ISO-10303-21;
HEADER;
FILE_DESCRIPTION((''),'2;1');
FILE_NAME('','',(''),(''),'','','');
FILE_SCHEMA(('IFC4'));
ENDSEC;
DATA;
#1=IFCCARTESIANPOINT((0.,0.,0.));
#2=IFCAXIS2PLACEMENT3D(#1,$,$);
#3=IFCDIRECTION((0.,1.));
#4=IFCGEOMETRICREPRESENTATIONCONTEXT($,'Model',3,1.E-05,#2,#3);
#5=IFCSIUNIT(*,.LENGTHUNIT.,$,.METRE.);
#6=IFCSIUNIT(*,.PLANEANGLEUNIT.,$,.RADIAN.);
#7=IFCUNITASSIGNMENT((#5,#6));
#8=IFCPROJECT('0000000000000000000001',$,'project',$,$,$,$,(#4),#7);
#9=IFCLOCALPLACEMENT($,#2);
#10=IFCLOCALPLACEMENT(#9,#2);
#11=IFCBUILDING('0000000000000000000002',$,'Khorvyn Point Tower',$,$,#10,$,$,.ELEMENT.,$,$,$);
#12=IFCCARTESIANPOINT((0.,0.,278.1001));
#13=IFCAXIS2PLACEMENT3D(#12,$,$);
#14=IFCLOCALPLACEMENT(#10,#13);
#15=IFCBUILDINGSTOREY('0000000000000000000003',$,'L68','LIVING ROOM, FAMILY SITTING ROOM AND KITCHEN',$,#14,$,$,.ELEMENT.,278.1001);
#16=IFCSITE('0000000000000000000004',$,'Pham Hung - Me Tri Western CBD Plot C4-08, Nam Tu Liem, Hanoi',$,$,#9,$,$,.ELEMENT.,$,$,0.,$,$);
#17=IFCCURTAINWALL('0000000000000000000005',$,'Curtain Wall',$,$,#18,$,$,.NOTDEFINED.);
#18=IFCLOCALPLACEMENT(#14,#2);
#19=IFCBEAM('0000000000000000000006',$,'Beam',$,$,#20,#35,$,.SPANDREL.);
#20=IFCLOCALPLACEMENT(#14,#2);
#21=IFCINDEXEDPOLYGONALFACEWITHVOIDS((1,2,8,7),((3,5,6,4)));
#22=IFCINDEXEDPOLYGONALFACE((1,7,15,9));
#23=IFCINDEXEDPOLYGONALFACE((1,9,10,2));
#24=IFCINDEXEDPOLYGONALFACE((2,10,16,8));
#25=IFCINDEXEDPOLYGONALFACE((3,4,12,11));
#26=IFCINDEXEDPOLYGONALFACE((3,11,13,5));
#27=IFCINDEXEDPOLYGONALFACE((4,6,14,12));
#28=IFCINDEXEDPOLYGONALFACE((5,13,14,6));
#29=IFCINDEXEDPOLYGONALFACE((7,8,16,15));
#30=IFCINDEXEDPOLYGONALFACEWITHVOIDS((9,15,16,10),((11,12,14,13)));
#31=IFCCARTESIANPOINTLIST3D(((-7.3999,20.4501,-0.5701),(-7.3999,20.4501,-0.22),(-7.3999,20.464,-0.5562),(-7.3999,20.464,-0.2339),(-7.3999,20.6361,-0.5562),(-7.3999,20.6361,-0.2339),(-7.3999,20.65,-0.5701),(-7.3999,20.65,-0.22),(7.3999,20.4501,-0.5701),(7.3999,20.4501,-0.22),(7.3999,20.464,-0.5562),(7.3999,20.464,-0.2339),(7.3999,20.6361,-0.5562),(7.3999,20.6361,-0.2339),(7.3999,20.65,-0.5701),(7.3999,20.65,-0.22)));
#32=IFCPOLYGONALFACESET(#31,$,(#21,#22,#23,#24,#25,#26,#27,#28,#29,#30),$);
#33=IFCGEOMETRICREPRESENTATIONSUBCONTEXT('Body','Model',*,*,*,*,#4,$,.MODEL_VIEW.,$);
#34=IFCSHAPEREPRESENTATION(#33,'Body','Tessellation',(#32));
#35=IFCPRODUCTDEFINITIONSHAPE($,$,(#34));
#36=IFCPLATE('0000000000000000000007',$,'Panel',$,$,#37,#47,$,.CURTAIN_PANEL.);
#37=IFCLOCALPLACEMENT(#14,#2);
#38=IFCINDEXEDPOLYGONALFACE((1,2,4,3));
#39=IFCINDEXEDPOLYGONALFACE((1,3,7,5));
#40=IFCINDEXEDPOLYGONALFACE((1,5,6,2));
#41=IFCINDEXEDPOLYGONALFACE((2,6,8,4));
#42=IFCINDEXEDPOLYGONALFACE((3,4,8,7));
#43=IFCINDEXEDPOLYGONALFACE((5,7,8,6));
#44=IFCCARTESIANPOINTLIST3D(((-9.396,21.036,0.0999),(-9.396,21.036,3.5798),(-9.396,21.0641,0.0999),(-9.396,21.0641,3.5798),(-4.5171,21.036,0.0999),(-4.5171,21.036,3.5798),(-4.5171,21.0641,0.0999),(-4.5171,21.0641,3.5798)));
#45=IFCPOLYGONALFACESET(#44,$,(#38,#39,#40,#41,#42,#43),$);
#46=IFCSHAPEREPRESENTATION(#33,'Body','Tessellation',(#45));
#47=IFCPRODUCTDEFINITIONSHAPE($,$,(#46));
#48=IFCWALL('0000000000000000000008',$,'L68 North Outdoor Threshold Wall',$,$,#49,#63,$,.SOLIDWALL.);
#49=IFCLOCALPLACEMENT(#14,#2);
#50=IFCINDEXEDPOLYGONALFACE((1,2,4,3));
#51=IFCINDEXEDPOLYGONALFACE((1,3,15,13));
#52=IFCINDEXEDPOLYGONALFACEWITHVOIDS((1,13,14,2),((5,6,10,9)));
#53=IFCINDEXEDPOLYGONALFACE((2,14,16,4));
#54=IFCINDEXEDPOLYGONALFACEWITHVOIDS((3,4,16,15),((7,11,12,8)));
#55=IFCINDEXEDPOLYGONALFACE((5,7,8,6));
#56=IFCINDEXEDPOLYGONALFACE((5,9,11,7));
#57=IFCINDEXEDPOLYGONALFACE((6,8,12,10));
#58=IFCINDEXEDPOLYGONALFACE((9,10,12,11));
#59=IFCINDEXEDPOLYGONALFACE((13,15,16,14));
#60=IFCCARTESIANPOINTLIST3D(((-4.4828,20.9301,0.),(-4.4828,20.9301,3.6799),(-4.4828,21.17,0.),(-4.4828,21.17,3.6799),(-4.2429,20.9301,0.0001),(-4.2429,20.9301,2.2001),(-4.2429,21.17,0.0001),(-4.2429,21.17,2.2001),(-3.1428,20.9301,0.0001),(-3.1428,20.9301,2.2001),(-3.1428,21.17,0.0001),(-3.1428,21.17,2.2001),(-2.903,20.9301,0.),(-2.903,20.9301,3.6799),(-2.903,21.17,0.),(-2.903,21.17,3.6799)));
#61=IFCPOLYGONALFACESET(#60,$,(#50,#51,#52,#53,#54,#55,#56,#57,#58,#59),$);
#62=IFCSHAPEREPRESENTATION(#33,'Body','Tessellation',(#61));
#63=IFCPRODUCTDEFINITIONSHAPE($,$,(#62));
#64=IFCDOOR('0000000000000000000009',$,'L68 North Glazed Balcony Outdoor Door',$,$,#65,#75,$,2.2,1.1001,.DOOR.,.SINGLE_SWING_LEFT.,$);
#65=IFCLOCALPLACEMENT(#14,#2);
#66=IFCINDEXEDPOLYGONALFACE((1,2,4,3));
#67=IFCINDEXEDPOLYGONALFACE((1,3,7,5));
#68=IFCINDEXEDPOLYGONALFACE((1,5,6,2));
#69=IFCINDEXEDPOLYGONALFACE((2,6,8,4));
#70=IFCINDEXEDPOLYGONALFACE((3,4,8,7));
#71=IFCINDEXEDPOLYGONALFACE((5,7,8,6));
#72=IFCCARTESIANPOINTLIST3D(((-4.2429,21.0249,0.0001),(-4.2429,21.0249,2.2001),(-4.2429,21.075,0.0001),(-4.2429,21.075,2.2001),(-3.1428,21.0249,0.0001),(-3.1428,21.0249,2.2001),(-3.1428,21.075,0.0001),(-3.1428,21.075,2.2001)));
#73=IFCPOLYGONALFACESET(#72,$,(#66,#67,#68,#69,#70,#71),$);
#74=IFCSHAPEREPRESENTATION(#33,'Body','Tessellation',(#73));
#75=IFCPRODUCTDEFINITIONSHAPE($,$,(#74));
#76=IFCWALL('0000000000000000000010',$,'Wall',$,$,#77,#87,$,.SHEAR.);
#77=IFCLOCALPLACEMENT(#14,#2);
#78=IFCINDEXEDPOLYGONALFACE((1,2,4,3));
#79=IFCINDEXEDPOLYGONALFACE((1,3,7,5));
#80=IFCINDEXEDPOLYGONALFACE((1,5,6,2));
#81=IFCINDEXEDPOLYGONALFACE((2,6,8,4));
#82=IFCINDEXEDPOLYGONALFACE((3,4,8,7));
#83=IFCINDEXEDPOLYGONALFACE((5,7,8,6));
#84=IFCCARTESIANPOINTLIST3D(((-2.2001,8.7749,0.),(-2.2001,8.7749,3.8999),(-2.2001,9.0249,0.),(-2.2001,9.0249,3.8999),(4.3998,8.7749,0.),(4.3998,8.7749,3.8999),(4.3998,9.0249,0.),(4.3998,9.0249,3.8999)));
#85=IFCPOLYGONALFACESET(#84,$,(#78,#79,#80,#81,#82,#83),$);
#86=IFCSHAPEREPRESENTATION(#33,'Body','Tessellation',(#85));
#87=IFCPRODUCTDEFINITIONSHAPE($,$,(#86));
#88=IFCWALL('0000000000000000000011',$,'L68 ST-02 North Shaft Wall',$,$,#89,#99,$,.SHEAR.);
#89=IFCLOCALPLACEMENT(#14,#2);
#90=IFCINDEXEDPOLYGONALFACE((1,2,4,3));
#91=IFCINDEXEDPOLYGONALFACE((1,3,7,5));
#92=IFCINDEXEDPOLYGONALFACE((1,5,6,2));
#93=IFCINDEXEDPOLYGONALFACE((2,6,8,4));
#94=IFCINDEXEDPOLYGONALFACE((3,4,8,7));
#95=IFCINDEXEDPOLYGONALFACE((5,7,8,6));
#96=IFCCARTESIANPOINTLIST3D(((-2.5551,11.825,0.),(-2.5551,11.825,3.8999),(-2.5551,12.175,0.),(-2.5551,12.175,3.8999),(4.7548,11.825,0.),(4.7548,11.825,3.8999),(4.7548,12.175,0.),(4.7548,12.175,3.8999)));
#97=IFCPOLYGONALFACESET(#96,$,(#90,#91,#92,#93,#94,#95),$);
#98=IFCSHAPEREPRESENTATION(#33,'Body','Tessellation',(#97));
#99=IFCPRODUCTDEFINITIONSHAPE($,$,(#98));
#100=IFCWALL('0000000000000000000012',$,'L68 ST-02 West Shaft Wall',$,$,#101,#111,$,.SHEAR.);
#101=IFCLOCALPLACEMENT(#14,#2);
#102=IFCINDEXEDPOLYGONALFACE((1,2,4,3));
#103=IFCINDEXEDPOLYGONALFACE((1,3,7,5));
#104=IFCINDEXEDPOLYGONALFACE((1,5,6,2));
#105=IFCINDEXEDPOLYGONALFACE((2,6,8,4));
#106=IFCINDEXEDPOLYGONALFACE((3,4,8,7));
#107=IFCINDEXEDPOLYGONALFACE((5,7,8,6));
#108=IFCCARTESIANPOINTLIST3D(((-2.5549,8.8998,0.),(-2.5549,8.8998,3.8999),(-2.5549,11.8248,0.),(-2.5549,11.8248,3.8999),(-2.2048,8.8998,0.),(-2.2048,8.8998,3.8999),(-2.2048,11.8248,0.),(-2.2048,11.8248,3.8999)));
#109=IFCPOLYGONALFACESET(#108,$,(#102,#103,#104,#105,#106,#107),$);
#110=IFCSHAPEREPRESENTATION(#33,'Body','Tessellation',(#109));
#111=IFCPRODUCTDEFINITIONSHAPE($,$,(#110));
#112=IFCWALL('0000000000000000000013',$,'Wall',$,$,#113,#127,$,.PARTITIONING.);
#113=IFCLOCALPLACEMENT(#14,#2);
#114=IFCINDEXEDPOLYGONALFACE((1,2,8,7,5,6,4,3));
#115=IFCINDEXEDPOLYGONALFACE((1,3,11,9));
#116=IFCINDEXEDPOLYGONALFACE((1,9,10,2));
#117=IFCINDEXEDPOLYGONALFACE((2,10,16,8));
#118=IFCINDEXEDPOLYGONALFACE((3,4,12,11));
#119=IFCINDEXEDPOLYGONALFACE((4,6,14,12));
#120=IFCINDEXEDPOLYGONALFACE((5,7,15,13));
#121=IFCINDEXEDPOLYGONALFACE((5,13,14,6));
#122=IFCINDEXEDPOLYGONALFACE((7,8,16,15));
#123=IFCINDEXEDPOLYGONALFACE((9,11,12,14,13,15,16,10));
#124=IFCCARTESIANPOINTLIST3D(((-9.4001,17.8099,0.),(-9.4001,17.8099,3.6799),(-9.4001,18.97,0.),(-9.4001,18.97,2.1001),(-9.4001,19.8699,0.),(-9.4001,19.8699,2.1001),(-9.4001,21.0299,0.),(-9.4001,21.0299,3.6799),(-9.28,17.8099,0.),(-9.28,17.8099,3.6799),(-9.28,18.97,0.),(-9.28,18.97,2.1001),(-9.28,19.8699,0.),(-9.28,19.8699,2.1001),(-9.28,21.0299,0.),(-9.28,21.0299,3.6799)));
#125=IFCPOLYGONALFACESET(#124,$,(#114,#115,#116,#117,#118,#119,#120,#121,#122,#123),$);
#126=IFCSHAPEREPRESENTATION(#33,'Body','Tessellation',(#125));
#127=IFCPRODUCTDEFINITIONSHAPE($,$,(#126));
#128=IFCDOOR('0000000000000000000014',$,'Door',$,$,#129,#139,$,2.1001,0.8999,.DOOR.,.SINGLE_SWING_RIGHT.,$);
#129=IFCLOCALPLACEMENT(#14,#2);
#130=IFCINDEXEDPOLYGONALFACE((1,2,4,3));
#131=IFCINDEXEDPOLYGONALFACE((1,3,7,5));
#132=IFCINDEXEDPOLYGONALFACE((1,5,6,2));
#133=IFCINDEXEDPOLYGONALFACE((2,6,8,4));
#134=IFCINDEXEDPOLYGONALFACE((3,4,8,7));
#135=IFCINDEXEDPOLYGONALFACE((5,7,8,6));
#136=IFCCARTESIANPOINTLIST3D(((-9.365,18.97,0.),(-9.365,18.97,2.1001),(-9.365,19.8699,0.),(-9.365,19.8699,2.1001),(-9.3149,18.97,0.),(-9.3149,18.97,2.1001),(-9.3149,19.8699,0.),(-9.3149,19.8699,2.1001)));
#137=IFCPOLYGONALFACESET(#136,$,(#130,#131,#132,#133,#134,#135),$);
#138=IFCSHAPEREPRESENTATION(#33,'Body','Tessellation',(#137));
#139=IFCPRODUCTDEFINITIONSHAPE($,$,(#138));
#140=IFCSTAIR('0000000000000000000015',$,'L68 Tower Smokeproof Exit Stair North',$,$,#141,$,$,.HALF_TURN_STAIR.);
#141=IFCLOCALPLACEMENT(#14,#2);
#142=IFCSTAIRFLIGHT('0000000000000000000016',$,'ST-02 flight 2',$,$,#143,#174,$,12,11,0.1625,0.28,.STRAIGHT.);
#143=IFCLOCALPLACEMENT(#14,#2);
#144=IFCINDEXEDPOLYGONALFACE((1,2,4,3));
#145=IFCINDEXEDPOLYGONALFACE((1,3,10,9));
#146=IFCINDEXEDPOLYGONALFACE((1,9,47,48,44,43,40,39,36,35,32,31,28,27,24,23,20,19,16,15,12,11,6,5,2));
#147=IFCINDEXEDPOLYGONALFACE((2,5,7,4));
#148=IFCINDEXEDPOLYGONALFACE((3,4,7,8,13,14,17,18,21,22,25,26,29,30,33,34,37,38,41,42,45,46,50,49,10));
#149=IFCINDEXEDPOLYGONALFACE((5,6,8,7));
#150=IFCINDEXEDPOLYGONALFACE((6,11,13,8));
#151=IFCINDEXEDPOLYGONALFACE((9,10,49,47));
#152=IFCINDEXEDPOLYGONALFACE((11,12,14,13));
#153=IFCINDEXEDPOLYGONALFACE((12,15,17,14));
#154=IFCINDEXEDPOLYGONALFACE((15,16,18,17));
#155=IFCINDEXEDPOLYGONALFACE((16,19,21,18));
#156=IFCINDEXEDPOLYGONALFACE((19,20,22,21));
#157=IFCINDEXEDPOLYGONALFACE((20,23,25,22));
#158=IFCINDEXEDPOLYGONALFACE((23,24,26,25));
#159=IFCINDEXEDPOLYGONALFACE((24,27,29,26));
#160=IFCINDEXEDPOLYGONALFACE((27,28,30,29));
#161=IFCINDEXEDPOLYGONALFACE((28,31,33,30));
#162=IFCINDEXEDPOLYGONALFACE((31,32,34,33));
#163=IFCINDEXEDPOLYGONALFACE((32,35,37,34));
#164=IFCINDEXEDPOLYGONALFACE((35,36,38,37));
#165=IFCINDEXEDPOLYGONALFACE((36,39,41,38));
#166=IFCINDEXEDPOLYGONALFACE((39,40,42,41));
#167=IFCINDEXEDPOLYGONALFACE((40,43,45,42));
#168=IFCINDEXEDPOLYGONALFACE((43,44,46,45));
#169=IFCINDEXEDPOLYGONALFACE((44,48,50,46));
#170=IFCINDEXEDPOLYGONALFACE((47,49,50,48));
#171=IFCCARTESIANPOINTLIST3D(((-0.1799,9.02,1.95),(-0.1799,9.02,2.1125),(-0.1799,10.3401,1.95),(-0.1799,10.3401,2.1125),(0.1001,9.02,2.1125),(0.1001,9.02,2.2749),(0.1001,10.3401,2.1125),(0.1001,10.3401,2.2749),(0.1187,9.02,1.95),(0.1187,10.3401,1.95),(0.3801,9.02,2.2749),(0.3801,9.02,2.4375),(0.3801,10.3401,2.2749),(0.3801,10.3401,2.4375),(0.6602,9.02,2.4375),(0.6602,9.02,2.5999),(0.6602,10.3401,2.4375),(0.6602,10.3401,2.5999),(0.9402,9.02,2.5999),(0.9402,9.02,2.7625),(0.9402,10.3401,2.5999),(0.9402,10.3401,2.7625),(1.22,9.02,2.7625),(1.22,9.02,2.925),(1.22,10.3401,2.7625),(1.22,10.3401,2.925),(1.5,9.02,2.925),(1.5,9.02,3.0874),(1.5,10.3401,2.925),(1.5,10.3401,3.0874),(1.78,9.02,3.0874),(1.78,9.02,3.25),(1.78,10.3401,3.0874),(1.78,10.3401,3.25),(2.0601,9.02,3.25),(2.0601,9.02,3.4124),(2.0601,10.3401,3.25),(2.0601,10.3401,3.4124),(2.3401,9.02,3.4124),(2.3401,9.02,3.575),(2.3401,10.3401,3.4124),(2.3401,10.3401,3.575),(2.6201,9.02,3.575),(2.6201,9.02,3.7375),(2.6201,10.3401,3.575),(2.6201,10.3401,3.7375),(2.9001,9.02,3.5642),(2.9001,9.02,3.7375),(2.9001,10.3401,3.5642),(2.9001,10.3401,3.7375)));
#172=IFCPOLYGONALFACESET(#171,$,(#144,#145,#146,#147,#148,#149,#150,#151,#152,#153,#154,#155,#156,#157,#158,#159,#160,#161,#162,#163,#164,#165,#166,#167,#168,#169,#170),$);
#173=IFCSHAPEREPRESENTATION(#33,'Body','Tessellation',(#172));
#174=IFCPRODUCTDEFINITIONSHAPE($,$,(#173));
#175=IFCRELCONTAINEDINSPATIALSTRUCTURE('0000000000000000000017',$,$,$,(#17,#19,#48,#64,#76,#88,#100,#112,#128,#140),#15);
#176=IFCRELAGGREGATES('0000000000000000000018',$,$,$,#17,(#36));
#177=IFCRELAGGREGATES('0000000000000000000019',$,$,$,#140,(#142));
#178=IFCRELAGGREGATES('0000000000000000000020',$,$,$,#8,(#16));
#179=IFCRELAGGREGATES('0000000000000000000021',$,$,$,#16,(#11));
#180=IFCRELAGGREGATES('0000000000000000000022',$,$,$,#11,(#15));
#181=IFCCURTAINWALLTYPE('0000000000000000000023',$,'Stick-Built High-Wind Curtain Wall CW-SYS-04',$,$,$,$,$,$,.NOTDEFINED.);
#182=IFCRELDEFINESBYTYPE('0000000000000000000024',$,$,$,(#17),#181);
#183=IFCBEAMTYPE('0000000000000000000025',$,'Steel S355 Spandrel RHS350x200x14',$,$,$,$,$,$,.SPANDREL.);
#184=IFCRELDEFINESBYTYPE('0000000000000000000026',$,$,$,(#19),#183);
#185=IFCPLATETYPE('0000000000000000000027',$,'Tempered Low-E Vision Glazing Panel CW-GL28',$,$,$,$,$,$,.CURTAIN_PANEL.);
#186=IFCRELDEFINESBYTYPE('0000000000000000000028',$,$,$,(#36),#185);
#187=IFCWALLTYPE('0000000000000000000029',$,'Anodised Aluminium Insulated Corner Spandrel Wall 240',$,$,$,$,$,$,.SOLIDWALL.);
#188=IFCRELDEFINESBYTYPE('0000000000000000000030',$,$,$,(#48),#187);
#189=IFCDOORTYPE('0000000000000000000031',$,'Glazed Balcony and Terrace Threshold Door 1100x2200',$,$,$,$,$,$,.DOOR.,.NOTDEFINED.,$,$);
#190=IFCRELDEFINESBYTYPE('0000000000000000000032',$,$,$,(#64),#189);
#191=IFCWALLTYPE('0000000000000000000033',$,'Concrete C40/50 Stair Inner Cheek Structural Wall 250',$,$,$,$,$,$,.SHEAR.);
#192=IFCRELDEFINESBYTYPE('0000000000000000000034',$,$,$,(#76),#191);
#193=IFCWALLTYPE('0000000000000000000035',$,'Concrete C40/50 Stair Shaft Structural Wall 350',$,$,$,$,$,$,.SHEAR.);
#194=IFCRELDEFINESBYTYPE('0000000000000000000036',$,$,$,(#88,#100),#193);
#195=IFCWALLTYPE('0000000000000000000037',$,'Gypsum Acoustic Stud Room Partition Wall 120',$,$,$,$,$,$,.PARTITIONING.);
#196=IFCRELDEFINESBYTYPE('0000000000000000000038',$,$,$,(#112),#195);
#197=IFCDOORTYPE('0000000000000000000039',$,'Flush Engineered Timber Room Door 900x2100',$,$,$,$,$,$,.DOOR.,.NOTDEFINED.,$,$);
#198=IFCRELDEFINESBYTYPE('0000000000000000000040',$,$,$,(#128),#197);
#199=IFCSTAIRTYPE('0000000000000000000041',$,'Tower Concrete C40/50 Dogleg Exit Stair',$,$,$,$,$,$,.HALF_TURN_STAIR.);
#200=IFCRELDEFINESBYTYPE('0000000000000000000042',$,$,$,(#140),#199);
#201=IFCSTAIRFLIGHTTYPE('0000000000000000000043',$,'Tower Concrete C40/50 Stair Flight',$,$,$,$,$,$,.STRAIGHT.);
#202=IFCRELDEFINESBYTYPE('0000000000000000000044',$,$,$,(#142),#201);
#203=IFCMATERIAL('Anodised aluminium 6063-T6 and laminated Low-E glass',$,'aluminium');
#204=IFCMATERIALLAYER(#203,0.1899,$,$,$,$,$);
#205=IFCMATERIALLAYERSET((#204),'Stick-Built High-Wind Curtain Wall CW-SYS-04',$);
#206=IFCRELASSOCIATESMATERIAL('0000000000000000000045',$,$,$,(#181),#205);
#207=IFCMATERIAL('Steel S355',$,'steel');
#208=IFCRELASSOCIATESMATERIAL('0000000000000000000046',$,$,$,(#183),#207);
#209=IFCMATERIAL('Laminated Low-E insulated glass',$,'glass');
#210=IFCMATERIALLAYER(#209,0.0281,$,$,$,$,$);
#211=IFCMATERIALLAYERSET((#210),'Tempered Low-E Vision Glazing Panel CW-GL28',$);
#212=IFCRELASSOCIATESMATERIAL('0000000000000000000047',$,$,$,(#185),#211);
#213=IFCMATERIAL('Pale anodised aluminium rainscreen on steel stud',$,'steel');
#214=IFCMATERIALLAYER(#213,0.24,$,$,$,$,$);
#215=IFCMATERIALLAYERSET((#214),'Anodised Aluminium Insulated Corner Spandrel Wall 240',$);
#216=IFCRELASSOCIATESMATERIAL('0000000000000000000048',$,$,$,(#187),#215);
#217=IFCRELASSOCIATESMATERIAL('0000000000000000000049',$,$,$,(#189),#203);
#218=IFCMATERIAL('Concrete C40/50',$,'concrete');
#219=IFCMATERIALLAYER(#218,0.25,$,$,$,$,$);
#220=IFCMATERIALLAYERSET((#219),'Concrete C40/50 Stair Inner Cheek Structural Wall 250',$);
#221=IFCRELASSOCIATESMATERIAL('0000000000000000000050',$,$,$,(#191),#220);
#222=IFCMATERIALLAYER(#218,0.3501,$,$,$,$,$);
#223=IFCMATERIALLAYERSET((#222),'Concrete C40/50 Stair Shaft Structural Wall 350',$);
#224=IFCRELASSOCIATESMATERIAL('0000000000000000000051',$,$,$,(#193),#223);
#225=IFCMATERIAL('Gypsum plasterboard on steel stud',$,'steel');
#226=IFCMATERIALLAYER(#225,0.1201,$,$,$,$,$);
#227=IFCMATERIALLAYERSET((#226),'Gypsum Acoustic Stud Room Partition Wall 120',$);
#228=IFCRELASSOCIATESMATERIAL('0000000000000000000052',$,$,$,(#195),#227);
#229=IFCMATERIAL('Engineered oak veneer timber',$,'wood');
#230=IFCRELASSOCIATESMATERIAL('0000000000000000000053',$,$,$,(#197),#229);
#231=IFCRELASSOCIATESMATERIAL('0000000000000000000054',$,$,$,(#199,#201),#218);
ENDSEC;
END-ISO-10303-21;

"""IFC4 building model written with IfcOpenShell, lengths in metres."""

from ifc_helpers import new_model, si_unit, direction, frame, frame_2d, origin, origin_2d, place, context, subcontext, project, spatial, polyline, rectangle, hollow_rectangle, outline, extrude, material, layer, layer_set, material_profile, profile_set, type_object, element, fill, aggregate, save


model = new_model("IFC4")

# Units and contexts
model_context = context("Model", 3, precision=1e-05, world=origin(), true_north=direction((0.0, 1.0)))
body_context = subcontext(model_context, "Body", "Model", "MODEL_VIEW")
ifc_project = project(units=[si_unit("LENGTHUNIT", "METRE"), si_unit("PLANEANGLEUNIT", "RADIAN")], contexts=[model_context])

# Site, building, storey
site_placement = place(None, origin())
site = spatial("IfcSite", under=ifc_project, at=site_placement, Name="Pham Hung - Me Tri Western CBD Plot C4-08, Nam Tu Liem, Hanoi", CompositionType="ELEMENT", RefElevation=0.0)
building_placement = place(site_placement, origin())
building = spatial("IfcBuilding", under=site, at=building_placement, Name="Khorvyn Point Tower", CompositionType="ELEMENT")
storey_placement = place(building_placement, frame((0.0, 0.0, 278.1001)))
storey = spatial("IfcBuildingStorey", under=building, at=storey_placement, Name="L68", Description="LIVING ROOM, FAMILY SITTING ROOM AND KITCHEN", CompositionType="ELEMENT", Elevation=278.1001)

# Shared definitions
ifc_material_1 = material(Name="Concrete C40/50", Category="concrete")
ifc_material_2 = material(Name="Steel S355", Category="steel")

# Curtain wall
ifc_material_3 = material(Name="Anodised aluminium 6063-T6 and laminated Low-E glass", Category="aluminium")
ifc_layer_1 = layer(ifc_material_3, 0.1899)
ifc_layer_set_1 = layer_set([ifc_layer_1], Name="Stick-Built High-Wind Curtain Wall CW-SYS-04")
curtain_wall_type = type_object("IfcCurtainWallType", Name="Stick-Built High-Wind Curtain Wall CW-SYS-04", PredefinedType="NOTDEFINED", material=ifc_layer_set_1)
curtain_wall_1_placement = place(storey_placement, origin())
curtain_wall_1 = element("IfcCurtainWall", 1, at=curtain_wall_1_placement, inside=storey, type_object=curtain_wall_type, Name="Curtain Wall", PredefinedType="NOTDEFINED")

# Beam
ifc_material_profile_1 = material_profile(ifc_material_2, hollow_rectangle(XDim=0.2, YDim=0.3501, WallThickness=0.0139, at=origin_2d()))
ifc_profile_set_1 = profile_set([ifc_material_profile_1], Name="Steel S355 RHS350x200x14")
beam_type_1 = type_object("IfcBeamType", Name="Steel S355 Spandrel RHS350x200x14", PredefinedType="SPANDREL", material=ifc_profile_set_1)
beam_1_placement = place(storey_placement, frame((-7.3999, 20.55, -0.395), z_axis=(1.0, 0.0, 0.0), x_axis=(0.0, 1.0, 0.0)))
element("IfcBeam", 2, at=beam_1_placement, inside=storey, type_object=beam_type_1, Name="Beam", PredefinedType="SPANDREL", context=body_context, shape_type="SweptSolid", body=[
    extrude(hollow_rectangle(XDim=0.2, YDim=0.3501, WallThickness=0.0139, at=origin_2d()), origin(), (0.0, 0.0, 1.0), 14.7998),
])

# Plate
ifc_material_4 = material(Name="Laminated Low-E insulated glass", Category="glass")
ifc_layer_2 = layer(ifc_material_4, 0.0281)
ifc_layer_set_2 = layer_set([ifc_layer_2], Name="Tempered Low-E Vision Glazing Panel CW-GL28")
plate_type = type_object("IfcPlateType", Name="Tempered Low-E Vision Glazing Panel CW-GL28", PredefinedType="CURTAIN_PANEL", material=ifc_layer_set_2)
plate_placement = place(storey_placement, frame((-6.9565, 21.05, 0.0999), z_axis=(0.0, 0.0, 1.0), x_axis=(1.0, 0.0, 0.0)))
plate = element("IfcPlate", 3, at=plate_placement, type_object=plate_type, Name="Panel", PredefinedType="CURTAIN_PANEL", context=body_context, shape_type="SweptSolid", body=[
    extrude(rectangle(XDim=4.8789, YDim=0.0281, at=origin_2d()), origin(), (0.0, 0.0, 1.0), 3.48),
])
aggregate(curtain_wall_1, [plate])

# Wall, opening, door
ifc_material_5 = material(Name="Pale anodised aluminium rainscreen on steel stud", Category="steel")
ifc_layer_3 = layer(ifc_material_5, 0.24)
ifc_layer_set_3 = layer_set([ifc_layer_3], Name="Anodised Aluminium Insulated Corner Spandrel Wall 240")
wall_type_1 = type_object("IfcWallType", Name="Anodised Aluminium Insulated Corner Spandrel Wall 240", PredefinedType="SOLIDWALL", material=ifc_layer_set_3)
wall_1_placement = place(storey_placement, frame((-4.4829, 21.05, 0.0), z_axis=(0.0, 0.0, 1.0), x_axis=(1.0, 0.0, 0.0)))
wall_1 = element("IfcWall", 4, at=wall_1_placement, inside=storey, type_object=wall_type_1, Name="L68 North Outdoor Threshold Wall", PredefinedType="SOLIDWALL", context=body_context, shape_type="SweptSolid", body=[
    extrude(rectangle(XDim=1.5798, YDim=0.24, at=frame_2d((0.79, 0.0))), origin(), (0.0, 0.0, 1.0), 3.6799),
])
opening_1_placement = place(wall_1_placement, frame((0.24, 0.0, 0.0)))
opening_1 = element("IfcOpeningElement", 5, at=opening_1_placement, cuts=wall_1, PredefinedType="OPENING", context=body_context, shape_type="SweptSolid", body=[
    extrude(rectangle(XDim=1.1001, YDim=2.2, at=frame_2d((0.55, 1.1001))), frame((0.0, 0.1299, 0.0), z_axis=(0.0, -1.0, 0.0), x_axis=(1.0, 0.0, 0.0)), (0.0, 0.0, 1.0), 0.26),
])
door_type_1 = type_object("IfcDoorType", Name="Glazed Balcony and Terrace Threshold Door 1100x2200", OperationType="NOTDEFINED", PredefinedType="DOOR", material=ifc_material_3)
door_1_placement = place(opening_1_placement, origin())
door_1 = element("IfcDoor", 6, at=door_1_placement, inside=storey, type_object=door_type_1, Name="L68 North Glazed Balcony Outdoor Door", OperationType="SINGLE_SWING_LEFT", OverallHeight=2.2, OverallWidth=1.1001, PredefinedType="DOOR", context=body_context, shape_type="SweptSolid", body=[
    extrude(rectangle(XDim=1.1001, YDim=2.2, at=frame_2d((0.55, 1.1001))), frame((0.0, 0.0249, 0.0), z_axis=(0.0, -1.0, 0.0), x_axis=(1.0, 0.0, 0.0)), (0.0, 0.0, 1.0), 0.05),
])
fill(opening_1, door_1)

# Walls
ifc_layer_4 = layer(ifc_material_1, 0.25)
ifc_layer_set_4 = layer_set([ifc_layer_4], Name="Concrete C40/50 Stair Inner Cheek Structural Wall 250")
wall_type_2 = type_object("IfcWallType", Name="Concrete C40/50 Stair Inner Cheek Structural Wall 250", PredefinedType="SHEAR", material=ifc_layer_set_4)
wall_2_placement = place(storey_placement, frame((-2.2, 8.8999, 0.0), z_axis=(0.0, 0.0, 1.0), x_axis=(1.0, 0.0, 0.0)))
element("IfcWall", 7, at=wall_2_placement, inside=storey, type_object=wall_type_2, Name="Wall", PredefinedType="SHEAR", context=body_context, shape_type="SweptSolid", body=[
    extrude(rectangle(XDim=6.5999, YDim=0.25, at=frame_2d((3.2998, 0.0))), origin(), (0.0, 0.0, 1.0), 3.8999),
])
ifc_layer_5 = layer(ifc_material_1, 0.3501)
ifc_layer_set_5 = layer_set([ifc_layer_5], Name="Concrete C40/50 Stair Shaft Structural Wall 350")
wall_type_3 = type_object("IfcWallType", Name="Concrete C40/50 Stair Shaft Structural Wall 350", PredefinedType="SHEAR", material=ifc_layer_set_5)
wall_3_placement = place(storey_placement, frame((-2.5549, 12.0, 0.0), z_axis=(0.0, 0.0, 1.0), x_axis=(1.0, 0.0, 0.0)))
element("IfcWall", 8, at=wall_3_placement, inside=storey, type_object=wall_type_3, Name="L68 ST-02 North Shaft Wall", PredefinedType="SHEAR", context=body_context, shape_type="SweptSolid", body=[
    extrude(rectangle(XDim=7.3098, YDim=0.3501, at=frame_2d((3.6548, 0.0))), origin(), (0.0, 0.0, 1.0), 3.8999),
])
wall_4_placement = place(storey_placement, frame((-2.3799, 8.8999, 0.0), z_axis=(0.0, 0.0, 1.0), x_axis=(0.0, 1.0, 0.0)))
element("IfcWall", 9, at=wall_4_placement, inside=storey, type_object=wall_type_3, Name="L68 ST-02 West Shaft Wall", PredefinedType="SHEAR", context=body_context, shape_type="SweptSolid", body=[
    extrude(rectangle(XDim=2.925, YDim=0.3501, at=frame_2d((1.4624, 0.0))), origin(), (0.0, 0.0, 1.0), 3.8999),
])

# Wall, opening, door
ifc_material_6 = material(Name="Gypsum plasterboard on steel stud", Category="steel")
ifc_layer_6 = layer(ifc_material_6, 0.1201)
ifc_layer_set_6 = layer_set([ifc_layer_6], Name="Gypsum Acoustic Stud Room Partition Wall 120")
wall_type_4 = type_object("IfcWallType", Name="Gypsum Acoustic Stud Room Partition Wall 120", PredefinedType="PARTITIONING", material=ifc_layer_set_6)
wall_5_placement = place(storey_placement, frame((-9.3401, 17.8101, 0.0), z_axis=(0.0, 0.0, 1.0), x_axis=(0.0, 1.0, 0.0)))
wall_5 = element("IfcWall", 10, at=wall_5_placement, inside=storey, type_object=wall_type_4, Name="Wall", PredefinedType="PARTITIONING", context=body_context, shape_type="SweptSolid", body=[
    extrude(rectangle(XDim=3.22, YDim=0.1201, at=frame_2d((1.6099, 0.0))), origin(), (0.0, 0.0, 1.0), 3.6799),
])
opening_2_placement = place(wall_5_placement, frame((1.1599, 0.0, 0.0)))
opening_2 = element("IfcOpeningElement", 11, at=opening_2_placement, cuts=wall_5, PredefinedType="OPENING", context=body_context, shape_type="SweptSolid", body=[
    extrude(rectangle(XDim=0.8999, YDim=2.1001, at=frame_2d((0.45, 1.05))), frame((0.0, 0.0701, 0.0), z_axis=(0.0, -1.0, 0.0), x_axis=(1.0, 0.0, 0.0)), (0.0, 0.0, 1.0), 0.1401),
])
ifc_material_7 = material(Name="Engineered oak veneer timber", Category="wood")
door_type_2 = type_object("IfcDoorType", Name="Flush Engineered Timber Room Door 900x2100", OperationType="NOTDEFINED", PredefinedType="DOOR", material=ifc_material_7)
door_2_placement = place(opening_2_placement, origin())
door_2 = element("IfcDoor", 12, at=door_2_placement, inside=storey, type_object=door_type_2, Name="Door", OperationType="SINGLE_SWING_RIGHT", OverallHeight=2.1001, OverallWidth=0.8999, PredefinedType="DOOR", context=body_context, shape_type="SweptSolid", body=[
    extrude(rectangle(XDim=0.8999, YDim=2.1001, at=frame_2d((0.45, 1.05))), frame((0.0, 0.0249, 0.0), z_axis=(0.0, -1.0, 0.0), x_axis=(1.0, 0.0, 0.0)), (0.0, 0.0, 1.0), 0.05),
])
fill(opening_2, door_2)

# Stair, stair flight
stair_type = type_object("IfcStairType", Name="Tower Concrete C40/50 Dogleg Exit Stair", PredefinedType="HALF_TURN_STAIR", material=ifc_material_1)
stair_placement = place(storey_placement, origin())
stair = element("IfcStair", 13, at=stair_placement, inside=storey, type_object=stair_type, Name="L68 Tower Smokeproof Exit Stair North", PredefinedType="HALF_TURN_STAIR")
stair_flight_type = type_object("IfcStairFlightType", Name="Tower Concrete C40/50 Stair Flight", PredefinedType="STRAIGHT", material=ifc_material_1)
stair_flight_placement = place(storey_placement, frame((-0.1799, 9.6799, 1.95), z_axis=(0.0, 0.0, 1.0), x_axis=(1.0, 0.0, 0.0)))
stair_flight = element("IfcStairFlight", 14, at=stair_flight_placement, type_object=stair_flight_type, Name="ST-02 flight 2", NumberOfRisers=12, NumberOfTreads=11, PredefinedType="STRAIGHT", RiserHeight=0.1625, TreadLength=0.28, context=body_context, shape_type="SweptSolid", body=[
    extrude(outline(polyline([(0.0, 0.0), (0.0, 0.1626), (0.28, 0.1626), (0.28, 0.325), (0.5601, 0.325), (0.5601, 0.4875), (0.8401, 0.4875), (0.8401, 0.6499), (1.1201, 0.6499), (1.1201, 0.8125), (1.3999, 0.8125), (1.3999, 0.9751), (1.6799, 0.9751), (1.6799, 1.1375), (1.96, 1.1375), (1.96, 1.3), (2.24, 1.3), (2.24, 1.4624), (2.52, 1.4624), (2.52, 1.625), (2.8, 1.625), (2.8, 1.7876), (3.0801, 1.7876), (3.0801, 1.95), (3.0801, 1.6143), (0.2986, 0.0), (0.0, 0.0)])), frame((0.0, 0.6602, 0.0), z_axis=(0.0, -1.0, 0.0), x_axis=(1.0, 0.0, 0.0)), (0.0, 0.0, 1.0), 1.3201),
])
aggregate(stair, [stair_flight])

save(model, "model.ifc")
